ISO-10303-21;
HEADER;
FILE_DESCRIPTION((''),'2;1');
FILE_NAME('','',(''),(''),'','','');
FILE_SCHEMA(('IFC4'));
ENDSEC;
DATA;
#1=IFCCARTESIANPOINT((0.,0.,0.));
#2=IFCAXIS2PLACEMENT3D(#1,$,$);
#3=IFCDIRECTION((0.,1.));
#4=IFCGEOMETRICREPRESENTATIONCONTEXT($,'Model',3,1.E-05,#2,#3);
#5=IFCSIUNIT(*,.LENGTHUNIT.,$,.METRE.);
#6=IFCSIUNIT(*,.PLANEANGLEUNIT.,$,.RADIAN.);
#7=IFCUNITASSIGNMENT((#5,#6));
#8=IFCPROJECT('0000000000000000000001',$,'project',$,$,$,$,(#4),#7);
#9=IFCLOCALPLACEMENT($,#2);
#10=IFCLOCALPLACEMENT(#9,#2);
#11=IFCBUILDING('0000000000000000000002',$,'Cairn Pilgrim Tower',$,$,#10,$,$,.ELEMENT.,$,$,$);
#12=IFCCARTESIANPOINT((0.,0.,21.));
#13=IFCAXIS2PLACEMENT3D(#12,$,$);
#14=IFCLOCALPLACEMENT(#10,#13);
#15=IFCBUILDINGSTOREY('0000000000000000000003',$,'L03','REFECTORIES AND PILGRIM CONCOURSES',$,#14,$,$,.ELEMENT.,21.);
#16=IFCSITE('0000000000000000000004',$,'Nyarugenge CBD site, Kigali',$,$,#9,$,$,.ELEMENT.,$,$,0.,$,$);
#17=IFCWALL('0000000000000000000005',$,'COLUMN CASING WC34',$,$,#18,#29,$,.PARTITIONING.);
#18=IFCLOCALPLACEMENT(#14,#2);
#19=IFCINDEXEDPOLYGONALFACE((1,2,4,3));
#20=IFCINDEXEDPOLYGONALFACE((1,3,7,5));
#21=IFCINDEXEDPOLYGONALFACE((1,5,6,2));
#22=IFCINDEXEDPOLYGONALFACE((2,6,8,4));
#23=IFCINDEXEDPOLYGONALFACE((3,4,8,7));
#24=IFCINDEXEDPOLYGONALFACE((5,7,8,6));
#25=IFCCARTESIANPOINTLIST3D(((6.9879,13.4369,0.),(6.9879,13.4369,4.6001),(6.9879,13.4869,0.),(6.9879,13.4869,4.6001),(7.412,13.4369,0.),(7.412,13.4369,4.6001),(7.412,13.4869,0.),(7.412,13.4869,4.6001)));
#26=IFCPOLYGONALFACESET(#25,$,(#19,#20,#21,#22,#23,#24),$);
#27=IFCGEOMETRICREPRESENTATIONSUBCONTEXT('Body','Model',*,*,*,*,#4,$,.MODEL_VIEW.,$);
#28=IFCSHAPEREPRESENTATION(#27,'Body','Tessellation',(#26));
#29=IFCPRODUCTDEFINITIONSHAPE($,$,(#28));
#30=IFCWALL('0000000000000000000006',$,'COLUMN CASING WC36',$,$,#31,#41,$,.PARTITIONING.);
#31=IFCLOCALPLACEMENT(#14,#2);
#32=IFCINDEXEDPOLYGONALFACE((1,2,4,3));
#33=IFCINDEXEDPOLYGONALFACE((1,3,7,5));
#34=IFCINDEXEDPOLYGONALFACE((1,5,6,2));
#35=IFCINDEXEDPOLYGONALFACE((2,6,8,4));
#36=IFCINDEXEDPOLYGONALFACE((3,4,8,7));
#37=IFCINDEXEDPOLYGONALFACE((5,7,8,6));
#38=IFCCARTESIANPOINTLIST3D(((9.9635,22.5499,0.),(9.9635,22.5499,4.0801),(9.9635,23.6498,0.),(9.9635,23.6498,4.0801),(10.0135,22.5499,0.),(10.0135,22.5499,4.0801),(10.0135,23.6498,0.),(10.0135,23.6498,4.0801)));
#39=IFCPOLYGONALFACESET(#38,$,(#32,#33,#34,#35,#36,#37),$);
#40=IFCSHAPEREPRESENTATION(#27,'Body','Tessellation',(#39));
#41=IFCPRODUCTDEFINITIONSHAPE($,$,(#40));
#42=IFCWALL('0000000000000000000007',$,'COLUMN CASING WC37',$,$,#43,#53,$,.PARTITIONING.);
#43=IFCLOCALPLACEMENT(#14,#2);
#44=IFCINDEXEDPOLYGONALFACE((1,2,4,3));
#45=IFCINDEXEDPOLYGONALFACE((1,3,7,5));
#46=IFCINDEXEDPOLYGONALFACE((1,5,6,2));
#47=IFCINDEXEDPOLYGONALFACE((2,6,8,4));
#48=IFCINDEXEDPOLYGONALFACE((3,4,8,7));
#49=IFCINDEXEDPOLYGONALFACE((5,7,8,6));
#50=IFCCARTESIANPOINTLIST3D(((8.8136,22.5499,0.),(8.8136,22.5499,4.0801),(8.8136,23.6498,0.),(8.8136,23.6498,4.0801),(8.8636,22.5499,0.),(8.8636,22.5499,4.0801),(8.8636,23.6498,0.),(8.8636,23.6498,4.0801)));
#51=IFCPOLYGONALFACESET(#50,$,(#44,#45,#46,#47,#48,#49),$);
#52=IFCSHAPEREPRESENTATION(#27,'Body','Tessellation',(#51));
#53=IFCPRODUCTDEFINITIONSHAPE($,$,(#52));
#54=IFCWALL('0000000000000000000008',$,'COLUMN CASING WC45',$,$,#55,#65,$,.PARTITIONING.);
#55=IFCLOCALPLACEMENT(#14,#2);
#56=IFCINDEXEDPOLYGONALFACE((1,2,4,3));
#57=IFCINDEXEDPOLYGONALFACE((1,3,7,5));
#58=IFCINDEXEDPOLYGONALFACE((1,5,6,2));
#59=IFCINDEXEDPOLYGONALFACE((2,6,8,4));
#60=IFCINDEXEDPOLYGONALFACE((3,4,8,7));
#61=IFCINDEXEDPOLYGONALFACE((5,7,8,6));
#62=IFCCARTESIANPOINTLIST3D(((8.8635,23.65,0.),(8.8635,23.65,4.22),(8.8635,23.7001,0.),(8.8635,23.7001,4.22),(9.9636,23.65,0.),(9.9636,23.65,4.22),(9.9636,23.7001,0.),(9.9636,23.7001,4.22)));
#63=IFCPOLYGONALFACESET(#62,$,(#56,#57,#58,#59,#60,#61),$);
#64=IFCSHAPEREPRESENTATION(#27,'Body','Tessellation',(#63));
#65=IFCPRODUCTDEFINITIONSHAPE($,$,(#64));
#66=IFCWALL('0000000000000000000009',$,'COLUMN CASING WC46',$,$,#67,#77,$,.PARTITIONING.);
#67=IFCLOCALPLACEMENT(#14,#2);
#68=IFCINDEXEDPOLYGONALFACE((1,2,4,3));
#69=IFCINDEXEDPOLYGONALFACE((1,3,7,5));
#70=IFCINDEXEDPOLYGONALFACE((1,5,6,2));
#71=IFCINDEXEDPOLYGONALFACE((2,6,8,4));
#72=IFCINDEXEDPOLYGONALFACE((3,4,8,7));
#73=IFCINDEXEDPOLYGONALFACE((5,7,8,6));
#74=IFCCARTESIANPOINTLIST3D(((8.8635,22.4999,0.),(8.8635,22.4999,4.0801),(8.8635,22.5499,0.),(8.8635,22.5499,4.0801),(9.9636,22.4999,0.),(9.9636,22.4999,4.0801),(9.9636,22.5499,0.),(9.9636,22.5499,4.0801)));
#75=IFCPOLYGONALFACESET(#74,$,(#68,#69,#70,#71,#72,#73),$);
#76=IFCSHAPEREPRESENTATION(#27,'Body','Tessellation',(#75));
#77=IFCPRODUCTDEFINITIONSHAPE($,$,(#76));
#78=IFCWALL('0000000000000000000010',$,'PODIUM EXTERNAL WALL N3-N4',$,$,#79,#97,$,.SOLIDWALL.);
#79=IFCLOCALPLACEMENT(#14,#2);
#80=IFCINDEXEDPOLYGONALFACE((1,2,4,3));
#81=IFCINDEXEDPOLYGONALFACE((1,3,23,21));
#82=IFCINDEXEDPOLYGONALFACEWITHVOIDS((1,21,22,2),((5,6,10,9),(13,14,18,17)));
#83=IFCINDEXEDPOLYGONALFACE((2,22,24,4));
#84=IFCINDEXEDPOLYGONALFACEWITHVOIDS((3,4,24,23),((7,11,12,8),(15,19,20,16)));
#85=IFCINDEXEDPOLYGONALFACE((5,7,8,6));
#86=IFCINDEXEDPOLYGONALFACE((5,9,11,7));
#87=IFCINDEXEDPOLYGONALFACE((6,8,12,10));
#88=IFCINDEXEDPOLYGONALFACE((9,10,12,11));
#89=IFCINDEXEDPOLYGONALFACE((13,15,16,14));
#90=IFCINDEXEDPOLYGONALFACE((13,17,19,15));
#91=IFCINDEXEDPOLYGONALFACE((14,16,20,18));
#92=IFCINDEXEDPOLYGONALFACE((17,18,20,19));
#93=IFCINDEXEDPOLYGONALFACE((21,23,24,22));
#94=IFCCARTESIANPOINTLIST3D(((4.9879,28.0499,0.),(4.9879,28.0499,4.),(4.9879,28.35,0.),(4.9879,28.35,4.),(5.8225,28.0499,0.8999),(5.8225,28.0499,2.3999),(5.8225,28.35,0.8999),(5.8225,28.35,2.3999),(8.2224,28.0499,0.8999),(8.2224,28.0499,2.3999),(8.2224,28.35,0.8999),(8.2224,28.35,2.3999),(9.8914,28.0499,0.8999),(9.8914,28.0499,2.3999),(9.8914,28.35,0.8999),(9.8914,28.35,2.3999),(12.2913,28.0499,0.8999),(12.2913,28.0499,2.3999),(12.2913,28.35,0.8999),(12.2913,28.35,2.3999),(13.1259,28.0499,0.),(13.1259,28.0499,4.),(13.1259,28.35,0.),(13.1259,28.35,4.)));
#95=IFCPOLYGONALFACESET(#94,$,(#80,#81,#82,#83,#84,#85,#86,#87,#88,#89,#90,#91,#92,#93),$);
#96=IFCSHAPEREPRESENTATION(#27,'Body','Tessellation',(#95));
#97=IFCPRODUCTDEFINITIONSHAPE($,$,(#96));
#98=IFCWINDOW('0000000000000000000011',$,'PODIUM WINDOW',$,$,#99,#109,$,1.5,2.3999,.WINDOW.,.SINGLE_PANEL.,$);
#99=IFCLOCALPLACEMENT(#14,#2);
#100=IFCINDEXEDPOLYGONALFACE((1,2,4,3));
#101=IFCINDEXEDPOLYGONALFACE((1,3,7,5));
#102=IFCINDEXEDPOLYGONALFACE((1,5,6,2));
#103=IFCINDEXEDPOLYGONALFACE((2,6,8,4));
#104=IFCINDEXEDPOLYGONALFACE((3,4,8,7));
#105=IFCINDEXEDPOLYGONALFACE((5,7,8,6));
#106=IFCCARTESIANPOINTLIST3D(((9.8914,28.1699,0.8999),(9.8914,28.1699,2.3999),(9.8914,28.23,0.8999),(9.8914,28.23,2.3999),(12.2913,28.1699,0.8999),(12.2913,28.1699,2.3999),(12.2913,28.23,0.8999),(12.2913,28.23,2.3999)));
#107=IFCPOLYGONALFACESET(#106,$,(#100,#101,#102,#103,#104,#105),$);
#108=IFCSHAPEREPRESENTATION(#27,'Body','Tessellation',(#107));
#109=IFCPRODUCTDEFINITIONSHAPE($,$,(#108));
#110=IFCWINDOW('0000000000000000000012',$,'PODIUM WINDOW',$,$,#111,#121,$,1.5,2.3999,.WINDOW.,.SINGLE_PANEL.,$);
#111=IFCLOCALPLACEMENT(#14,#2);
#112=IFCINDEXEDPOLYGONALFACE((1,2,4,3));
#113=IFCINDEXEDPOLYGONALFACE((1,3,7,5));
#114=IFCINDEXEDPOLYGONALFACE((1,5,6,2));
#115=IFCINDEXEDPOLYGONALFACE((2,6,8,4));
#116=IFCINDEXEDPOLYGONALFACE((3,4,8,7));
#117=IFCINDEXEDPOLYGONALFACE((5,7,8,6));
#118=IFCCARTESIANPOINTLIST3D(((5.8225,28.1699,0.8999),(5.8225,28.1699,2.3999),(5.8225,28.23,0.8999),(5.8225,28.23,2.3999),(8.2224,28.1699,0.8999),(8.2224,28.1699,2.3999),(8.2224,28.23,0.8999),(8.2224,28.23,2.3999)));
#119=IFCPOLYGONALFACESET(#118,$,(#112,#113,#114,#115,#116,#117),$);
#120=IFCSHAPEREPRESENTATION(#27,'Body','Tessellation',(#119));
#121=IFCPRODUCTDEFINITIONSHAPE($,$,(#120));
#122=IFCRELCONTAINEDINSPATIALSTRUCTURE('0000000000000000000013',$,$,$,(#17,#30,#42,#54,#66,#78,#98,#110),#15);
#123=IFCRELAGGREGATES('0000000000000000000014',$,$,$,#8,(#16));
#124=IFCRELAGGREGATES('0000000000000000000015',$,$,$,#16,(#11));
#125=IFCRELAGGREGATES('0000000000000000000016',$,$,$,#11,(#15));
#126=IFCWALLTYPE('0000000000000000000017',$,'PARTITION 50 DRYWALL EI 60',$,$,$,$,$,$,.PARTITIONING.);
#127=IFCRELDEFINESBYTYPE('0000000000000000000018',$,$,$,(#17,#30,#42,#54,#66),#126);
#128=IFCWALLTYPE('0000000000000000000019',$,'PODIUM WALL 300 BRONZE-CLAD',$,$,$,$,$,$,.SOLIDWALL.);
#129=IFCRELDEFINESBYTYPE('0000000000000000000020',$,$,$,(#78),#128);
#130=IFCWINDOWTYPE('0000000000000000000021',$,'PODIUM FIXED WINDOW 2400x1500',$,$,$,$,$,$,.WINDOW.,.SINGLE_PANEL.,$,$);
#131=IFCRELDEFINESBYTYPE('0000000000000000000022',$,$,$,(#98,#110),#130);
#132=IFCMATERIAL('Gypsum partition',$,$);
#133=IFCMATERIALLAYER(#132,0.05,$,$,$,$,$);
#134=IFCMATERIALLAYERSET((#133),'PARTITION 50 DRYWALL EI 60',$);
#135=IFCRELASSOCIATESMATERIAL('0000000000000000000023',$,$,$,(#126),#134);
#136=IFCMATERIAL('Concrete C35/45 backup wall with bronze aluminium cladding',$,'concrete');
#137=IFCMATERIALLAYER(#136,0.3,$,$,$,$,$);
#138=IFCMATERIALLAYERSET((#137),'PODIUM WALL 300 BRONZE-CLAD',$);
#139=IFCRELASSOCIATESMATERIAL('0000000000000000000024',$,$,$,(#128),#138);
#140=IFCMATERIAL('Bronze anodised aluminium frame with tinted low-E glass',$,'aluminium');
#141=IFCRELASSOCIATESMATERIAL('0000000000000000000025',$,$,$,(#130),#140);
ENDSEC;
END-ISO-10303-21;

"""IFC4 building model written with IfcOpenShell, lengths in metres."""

from ifc_helpers import new_model, si_unit, direction, frame, frame_2d, origin, place, context, subcontext, project, spatial, rectangle, extrude, material, layer, layer_set, type_object, element, fill, save


model = new_model("IFC4")

# Units and contexts
model_context = context("Model", 3, precision=1e-05, world=origin(), true_north=direction((0.0, 1.0)))
body_context = subcontext(model_context, "Body", "Model", "MODEL_VIEW")
ifc_project = project(units=[si_unit("LENGTHUNIT", "METRE"), si_unit("PLANEANGLEUNIT", "RADIAN")], contexts=[model_context])

# Site, building, storey
site_placement = place(None, origin())
site = spatial("IfcSite", under=ifc_project, at=site_placement, Name="Nyarugenge CBD site, Kigali", CompositionType="ELEMENT", RefElevation=0.0)
building_placement = place(site_placement, origin())
building = spatial("IfcBuilding", under=site, at=building_placement, Name="Cairn Pilgrim Tower", CompositionType="ELEMENT")
storey_placement = place(building_placement, frame((0.0, 0.0, 21.0)))
storey = spatial("IfcBuildingStorey", under=building, at=storey_placement, Name="L03", Description="REFECTORIES AND PILGRIM CONCOURSES", CompositionType="ELEMENT", Elevation=21.0)

# Walls
ifc_material_1 = material(Name="Gypsum partition")
ifc_layer_1 = layer(ifc_material_1, 0.05)
ifc_layer_set_1 = layer_set([ifc_layer_1], Name="PARTITION 50 DRYWALL EI 60")
wall_type_1 = type_object("IfcWallType", Name="PARTITION 50 DRYWALL EI 60", PredefinedType="PARTITIONING", material=ifc_layer_set_1)
wall_1_placement = place(storey_placement, frame((6.988, 13.4619, 0.0), z_axis=(0.0, 0.0, 1.0), x_axis=(1.0, 0.0, 0.0)))
element("IfcWall", 1, at=wall_1_placement, inside=storey, type_object=wall_type_1, Name="COLUMN CASING WC34", PredefinedType="PARTITIONING", context=body_context, shape_type="SweptSolid", body=[
    extrude(rectangle(XDim=0.4241, YDim=0.05, at=frame_2d((0.2119, 0.0))), origin(), (0.0, 0.0, 1.0), 4.6001),
])
for number, where, z_axis, x_axis, name in (
    (2, (9.9885, 22.55, 0.0), (0.0, 0.0, 1.0), (0.0, 1.0, 0.0), "COLUMN CASING WC36"),
    (3, (8.8386, 22.55, 0.0), (0.0, 0.0, 1.0), (0.0, 1.0, 0.0), "COLUMN CASING WC37"),
):
    element("IfcWall", number, at=place(storey_placement, frame(where, z_axis=z_axis, x_axis=x_axis)), inside=storey, type_object=wall_type_1, Name=name, PredefinedType="PARTITIONING", context=body_context, shape_type="SweptSolid", body=[
        extrude(rectangle(XDim=1.0999, YDim=0.05, at=frame_2d((0.5498, 0.0))), origin(), (0.0, 0.0, 1.0), 4.0801),
    ])
wall_2_placement = place(storey_placement, frame((8.8635, 23.675, 0.0), z_axis=(0.0, 0.0, 1.0), x_axis=(1.0, 0.0, 0.0)))
element("IfcWall", 4, at=wall_2_placement, inside=storey, type_object=wall_type_1, Name="COLUMN CASING WC45", PredefinedType="PARTITIONING", context=body_context, shape_type="SweptSolid", body=[
    extrude(rectangle(XDim=1.1001, YDim=0.05, at=frame_2d((0.55, 0.0))), origin(), (0.0, 0.0, 1.0), 4.22),
])
wall_3_placement = place(storey_placement, frame((8.8635, 22.5249, 0.0), z_axis=(0.0, 0.0, 1.0), x_axis=(1.0, 0.0, 0.0)))
element("IfcWall", 5, at=wall_3_placement, inside=storey, type_object=wall_type_1, Name="COLUMN CASING WC46", PredefinedType="PARTITIONING", context=body_context, shape_type="SweptSolid", body=[
    extrude(rectangle(XDim=1.1001, YDim=0.05, at=frame_2d((0.55, 0.0))), origin(), (0.0, 0.0, 1.0), 4.0801),
])

# Wall, openings, windows
ifc_material_2 = material(Name="Concrete C35/45 backup wall with bronze aluminium cladding", Category="concrete")
ifc_layer_2 = layer(ifc_material_2, 0.3)
ifc_layer_set_2 = layer_set([ifc_layer_2], Name="PODIUM WALL 300 BRONZE-CLAD")
wall_type_2 = type_object("IfcWallType", Name="PODIUM WALL 300 BRONZE-CLAD", PredefinedType="SOLIDWALL", material=ifc_layer_set_2)
wall_4_placement = place(storey_placement, frame((13.1257, 28.2, 0.0), z_axis=(0.0, 0.0, 1.0), x_axis=(-1.0, 0.0, 0.0)))
wall_4 = element("IfcWall", 6, at=wall_4_placement, inside=storey, type_object=wall_type_2, Name="PODIUM EXTERNAL WALL N3-N4", PredefinedType="SOLIDWALL", context=body_context, shape_type="SweptSolid", body=[
    extrude(rectangle(XDim=8.1379, YDim=0.3, at=frame_2d((4.0688, 0.0))), origin(), (0.0, 0.0, 1.0), 4.0),
])
opening_1_placement = place(wall_4_placement, frame((0.8345, 0.0, 0.8999)))
opening_1 = element("IfcOpeningElement", 7, at=opening_1_placement, cuts=wall_4, PredefinedType="OPENING", context=body_context, shape_type="SweptSolid", body=[
    extrude(rectangle(XDim=2.3999, YDim=1.5, at=frame_2d((1.2, 0.75))), frame((0.0, 0.1602, 0.0), z_axis=(0.0, -1.0, 0.0), x_axis=(1.0, 0.0, 0.0)), (0.0, 0.0, 1.0), 0.3201),
])
opening_2_placement = place(wall_4_placement, frame((4.9033, 0.0, 0.8999)))
opening_2 = element("IfcOpeningElement", 8, at=opening_2_placement, cuts=wall_4, PredefinedType="OPENING", context=body_context, shape_type="SweptSolid", body=[
    extrude(rectangle(XDim=2.3999, YDim=1.5, at=frame_2d((1.2, 0.75))), frame((0.0, 0.1602, 0.0), z_axis=(0.0, -1.0, 0.0), x_axis=(1.0, 0.0, 0.0)), (0.0, 0.0, 1.0), 0.3201),
])
ifc_material_3 = material(Name="Bronze anodised aluminium frame with tinted low-E glass", Category="aluminium")
window_type = type_object("IfcWindowType", Name="PODIUM FIXED WINDOW 2400x1500", PartitioningType="SINGLE_PANEL", PredefinedType="WINDOW", material=ifc_material_3)
window_1_placement = place(opening_1_placement, origin())
window_1 = element("IfcWindow", 9, at=window_1_placement, inside=storey, type_object=window_type, Name="PODIUM WINDOW", OverallHeight=1.5, OverallWidth=2.3999, PartitioningType="SINGLE_PANEL", PredefinedType="WINDOW", context=body_context, shape_type="SweptSolid", body=[
    extrude(rectangle(XDim=2.3999, YDim=1.5, at=frame_2d((1.2, 0.75))), frame((0.0, 0.03, 0.0), z_axis=(0.0, -1.0, 0.0), x_axis=(1.0, 0.0, 0.0)), (0.0, 0.0, 1.0), 0.0601),
])
fill(opening_1, window_1)
window_2_placement = place(opening_2_placement, origin())
window_2 = element("IfcWindow", 10, at=window_2_placement, inside=storey, type_object=window_type, Name="PODIUM WINDOW", OverallHeight=1.5, OverallWidth=2.3999, PartitioningType="SINGLE_PANEL", PredefinedType="WINDOW", context=body_context, shape_type="SweptSolid", body=[
    extrude(rectangle(XDim=2.3999, YDim=1.5, at=frame_2d((1.2, 0.75))), frame((0.0, 0.03, 0.0), z_axis=(0.0, -1.0, 0.0), x_axis=(1.0, 0.0, 0.0)), (0.0, 0.0, 1.0), 0.0601),
])
fill(opening_2, window_2)

save(model, "model.ifc")
